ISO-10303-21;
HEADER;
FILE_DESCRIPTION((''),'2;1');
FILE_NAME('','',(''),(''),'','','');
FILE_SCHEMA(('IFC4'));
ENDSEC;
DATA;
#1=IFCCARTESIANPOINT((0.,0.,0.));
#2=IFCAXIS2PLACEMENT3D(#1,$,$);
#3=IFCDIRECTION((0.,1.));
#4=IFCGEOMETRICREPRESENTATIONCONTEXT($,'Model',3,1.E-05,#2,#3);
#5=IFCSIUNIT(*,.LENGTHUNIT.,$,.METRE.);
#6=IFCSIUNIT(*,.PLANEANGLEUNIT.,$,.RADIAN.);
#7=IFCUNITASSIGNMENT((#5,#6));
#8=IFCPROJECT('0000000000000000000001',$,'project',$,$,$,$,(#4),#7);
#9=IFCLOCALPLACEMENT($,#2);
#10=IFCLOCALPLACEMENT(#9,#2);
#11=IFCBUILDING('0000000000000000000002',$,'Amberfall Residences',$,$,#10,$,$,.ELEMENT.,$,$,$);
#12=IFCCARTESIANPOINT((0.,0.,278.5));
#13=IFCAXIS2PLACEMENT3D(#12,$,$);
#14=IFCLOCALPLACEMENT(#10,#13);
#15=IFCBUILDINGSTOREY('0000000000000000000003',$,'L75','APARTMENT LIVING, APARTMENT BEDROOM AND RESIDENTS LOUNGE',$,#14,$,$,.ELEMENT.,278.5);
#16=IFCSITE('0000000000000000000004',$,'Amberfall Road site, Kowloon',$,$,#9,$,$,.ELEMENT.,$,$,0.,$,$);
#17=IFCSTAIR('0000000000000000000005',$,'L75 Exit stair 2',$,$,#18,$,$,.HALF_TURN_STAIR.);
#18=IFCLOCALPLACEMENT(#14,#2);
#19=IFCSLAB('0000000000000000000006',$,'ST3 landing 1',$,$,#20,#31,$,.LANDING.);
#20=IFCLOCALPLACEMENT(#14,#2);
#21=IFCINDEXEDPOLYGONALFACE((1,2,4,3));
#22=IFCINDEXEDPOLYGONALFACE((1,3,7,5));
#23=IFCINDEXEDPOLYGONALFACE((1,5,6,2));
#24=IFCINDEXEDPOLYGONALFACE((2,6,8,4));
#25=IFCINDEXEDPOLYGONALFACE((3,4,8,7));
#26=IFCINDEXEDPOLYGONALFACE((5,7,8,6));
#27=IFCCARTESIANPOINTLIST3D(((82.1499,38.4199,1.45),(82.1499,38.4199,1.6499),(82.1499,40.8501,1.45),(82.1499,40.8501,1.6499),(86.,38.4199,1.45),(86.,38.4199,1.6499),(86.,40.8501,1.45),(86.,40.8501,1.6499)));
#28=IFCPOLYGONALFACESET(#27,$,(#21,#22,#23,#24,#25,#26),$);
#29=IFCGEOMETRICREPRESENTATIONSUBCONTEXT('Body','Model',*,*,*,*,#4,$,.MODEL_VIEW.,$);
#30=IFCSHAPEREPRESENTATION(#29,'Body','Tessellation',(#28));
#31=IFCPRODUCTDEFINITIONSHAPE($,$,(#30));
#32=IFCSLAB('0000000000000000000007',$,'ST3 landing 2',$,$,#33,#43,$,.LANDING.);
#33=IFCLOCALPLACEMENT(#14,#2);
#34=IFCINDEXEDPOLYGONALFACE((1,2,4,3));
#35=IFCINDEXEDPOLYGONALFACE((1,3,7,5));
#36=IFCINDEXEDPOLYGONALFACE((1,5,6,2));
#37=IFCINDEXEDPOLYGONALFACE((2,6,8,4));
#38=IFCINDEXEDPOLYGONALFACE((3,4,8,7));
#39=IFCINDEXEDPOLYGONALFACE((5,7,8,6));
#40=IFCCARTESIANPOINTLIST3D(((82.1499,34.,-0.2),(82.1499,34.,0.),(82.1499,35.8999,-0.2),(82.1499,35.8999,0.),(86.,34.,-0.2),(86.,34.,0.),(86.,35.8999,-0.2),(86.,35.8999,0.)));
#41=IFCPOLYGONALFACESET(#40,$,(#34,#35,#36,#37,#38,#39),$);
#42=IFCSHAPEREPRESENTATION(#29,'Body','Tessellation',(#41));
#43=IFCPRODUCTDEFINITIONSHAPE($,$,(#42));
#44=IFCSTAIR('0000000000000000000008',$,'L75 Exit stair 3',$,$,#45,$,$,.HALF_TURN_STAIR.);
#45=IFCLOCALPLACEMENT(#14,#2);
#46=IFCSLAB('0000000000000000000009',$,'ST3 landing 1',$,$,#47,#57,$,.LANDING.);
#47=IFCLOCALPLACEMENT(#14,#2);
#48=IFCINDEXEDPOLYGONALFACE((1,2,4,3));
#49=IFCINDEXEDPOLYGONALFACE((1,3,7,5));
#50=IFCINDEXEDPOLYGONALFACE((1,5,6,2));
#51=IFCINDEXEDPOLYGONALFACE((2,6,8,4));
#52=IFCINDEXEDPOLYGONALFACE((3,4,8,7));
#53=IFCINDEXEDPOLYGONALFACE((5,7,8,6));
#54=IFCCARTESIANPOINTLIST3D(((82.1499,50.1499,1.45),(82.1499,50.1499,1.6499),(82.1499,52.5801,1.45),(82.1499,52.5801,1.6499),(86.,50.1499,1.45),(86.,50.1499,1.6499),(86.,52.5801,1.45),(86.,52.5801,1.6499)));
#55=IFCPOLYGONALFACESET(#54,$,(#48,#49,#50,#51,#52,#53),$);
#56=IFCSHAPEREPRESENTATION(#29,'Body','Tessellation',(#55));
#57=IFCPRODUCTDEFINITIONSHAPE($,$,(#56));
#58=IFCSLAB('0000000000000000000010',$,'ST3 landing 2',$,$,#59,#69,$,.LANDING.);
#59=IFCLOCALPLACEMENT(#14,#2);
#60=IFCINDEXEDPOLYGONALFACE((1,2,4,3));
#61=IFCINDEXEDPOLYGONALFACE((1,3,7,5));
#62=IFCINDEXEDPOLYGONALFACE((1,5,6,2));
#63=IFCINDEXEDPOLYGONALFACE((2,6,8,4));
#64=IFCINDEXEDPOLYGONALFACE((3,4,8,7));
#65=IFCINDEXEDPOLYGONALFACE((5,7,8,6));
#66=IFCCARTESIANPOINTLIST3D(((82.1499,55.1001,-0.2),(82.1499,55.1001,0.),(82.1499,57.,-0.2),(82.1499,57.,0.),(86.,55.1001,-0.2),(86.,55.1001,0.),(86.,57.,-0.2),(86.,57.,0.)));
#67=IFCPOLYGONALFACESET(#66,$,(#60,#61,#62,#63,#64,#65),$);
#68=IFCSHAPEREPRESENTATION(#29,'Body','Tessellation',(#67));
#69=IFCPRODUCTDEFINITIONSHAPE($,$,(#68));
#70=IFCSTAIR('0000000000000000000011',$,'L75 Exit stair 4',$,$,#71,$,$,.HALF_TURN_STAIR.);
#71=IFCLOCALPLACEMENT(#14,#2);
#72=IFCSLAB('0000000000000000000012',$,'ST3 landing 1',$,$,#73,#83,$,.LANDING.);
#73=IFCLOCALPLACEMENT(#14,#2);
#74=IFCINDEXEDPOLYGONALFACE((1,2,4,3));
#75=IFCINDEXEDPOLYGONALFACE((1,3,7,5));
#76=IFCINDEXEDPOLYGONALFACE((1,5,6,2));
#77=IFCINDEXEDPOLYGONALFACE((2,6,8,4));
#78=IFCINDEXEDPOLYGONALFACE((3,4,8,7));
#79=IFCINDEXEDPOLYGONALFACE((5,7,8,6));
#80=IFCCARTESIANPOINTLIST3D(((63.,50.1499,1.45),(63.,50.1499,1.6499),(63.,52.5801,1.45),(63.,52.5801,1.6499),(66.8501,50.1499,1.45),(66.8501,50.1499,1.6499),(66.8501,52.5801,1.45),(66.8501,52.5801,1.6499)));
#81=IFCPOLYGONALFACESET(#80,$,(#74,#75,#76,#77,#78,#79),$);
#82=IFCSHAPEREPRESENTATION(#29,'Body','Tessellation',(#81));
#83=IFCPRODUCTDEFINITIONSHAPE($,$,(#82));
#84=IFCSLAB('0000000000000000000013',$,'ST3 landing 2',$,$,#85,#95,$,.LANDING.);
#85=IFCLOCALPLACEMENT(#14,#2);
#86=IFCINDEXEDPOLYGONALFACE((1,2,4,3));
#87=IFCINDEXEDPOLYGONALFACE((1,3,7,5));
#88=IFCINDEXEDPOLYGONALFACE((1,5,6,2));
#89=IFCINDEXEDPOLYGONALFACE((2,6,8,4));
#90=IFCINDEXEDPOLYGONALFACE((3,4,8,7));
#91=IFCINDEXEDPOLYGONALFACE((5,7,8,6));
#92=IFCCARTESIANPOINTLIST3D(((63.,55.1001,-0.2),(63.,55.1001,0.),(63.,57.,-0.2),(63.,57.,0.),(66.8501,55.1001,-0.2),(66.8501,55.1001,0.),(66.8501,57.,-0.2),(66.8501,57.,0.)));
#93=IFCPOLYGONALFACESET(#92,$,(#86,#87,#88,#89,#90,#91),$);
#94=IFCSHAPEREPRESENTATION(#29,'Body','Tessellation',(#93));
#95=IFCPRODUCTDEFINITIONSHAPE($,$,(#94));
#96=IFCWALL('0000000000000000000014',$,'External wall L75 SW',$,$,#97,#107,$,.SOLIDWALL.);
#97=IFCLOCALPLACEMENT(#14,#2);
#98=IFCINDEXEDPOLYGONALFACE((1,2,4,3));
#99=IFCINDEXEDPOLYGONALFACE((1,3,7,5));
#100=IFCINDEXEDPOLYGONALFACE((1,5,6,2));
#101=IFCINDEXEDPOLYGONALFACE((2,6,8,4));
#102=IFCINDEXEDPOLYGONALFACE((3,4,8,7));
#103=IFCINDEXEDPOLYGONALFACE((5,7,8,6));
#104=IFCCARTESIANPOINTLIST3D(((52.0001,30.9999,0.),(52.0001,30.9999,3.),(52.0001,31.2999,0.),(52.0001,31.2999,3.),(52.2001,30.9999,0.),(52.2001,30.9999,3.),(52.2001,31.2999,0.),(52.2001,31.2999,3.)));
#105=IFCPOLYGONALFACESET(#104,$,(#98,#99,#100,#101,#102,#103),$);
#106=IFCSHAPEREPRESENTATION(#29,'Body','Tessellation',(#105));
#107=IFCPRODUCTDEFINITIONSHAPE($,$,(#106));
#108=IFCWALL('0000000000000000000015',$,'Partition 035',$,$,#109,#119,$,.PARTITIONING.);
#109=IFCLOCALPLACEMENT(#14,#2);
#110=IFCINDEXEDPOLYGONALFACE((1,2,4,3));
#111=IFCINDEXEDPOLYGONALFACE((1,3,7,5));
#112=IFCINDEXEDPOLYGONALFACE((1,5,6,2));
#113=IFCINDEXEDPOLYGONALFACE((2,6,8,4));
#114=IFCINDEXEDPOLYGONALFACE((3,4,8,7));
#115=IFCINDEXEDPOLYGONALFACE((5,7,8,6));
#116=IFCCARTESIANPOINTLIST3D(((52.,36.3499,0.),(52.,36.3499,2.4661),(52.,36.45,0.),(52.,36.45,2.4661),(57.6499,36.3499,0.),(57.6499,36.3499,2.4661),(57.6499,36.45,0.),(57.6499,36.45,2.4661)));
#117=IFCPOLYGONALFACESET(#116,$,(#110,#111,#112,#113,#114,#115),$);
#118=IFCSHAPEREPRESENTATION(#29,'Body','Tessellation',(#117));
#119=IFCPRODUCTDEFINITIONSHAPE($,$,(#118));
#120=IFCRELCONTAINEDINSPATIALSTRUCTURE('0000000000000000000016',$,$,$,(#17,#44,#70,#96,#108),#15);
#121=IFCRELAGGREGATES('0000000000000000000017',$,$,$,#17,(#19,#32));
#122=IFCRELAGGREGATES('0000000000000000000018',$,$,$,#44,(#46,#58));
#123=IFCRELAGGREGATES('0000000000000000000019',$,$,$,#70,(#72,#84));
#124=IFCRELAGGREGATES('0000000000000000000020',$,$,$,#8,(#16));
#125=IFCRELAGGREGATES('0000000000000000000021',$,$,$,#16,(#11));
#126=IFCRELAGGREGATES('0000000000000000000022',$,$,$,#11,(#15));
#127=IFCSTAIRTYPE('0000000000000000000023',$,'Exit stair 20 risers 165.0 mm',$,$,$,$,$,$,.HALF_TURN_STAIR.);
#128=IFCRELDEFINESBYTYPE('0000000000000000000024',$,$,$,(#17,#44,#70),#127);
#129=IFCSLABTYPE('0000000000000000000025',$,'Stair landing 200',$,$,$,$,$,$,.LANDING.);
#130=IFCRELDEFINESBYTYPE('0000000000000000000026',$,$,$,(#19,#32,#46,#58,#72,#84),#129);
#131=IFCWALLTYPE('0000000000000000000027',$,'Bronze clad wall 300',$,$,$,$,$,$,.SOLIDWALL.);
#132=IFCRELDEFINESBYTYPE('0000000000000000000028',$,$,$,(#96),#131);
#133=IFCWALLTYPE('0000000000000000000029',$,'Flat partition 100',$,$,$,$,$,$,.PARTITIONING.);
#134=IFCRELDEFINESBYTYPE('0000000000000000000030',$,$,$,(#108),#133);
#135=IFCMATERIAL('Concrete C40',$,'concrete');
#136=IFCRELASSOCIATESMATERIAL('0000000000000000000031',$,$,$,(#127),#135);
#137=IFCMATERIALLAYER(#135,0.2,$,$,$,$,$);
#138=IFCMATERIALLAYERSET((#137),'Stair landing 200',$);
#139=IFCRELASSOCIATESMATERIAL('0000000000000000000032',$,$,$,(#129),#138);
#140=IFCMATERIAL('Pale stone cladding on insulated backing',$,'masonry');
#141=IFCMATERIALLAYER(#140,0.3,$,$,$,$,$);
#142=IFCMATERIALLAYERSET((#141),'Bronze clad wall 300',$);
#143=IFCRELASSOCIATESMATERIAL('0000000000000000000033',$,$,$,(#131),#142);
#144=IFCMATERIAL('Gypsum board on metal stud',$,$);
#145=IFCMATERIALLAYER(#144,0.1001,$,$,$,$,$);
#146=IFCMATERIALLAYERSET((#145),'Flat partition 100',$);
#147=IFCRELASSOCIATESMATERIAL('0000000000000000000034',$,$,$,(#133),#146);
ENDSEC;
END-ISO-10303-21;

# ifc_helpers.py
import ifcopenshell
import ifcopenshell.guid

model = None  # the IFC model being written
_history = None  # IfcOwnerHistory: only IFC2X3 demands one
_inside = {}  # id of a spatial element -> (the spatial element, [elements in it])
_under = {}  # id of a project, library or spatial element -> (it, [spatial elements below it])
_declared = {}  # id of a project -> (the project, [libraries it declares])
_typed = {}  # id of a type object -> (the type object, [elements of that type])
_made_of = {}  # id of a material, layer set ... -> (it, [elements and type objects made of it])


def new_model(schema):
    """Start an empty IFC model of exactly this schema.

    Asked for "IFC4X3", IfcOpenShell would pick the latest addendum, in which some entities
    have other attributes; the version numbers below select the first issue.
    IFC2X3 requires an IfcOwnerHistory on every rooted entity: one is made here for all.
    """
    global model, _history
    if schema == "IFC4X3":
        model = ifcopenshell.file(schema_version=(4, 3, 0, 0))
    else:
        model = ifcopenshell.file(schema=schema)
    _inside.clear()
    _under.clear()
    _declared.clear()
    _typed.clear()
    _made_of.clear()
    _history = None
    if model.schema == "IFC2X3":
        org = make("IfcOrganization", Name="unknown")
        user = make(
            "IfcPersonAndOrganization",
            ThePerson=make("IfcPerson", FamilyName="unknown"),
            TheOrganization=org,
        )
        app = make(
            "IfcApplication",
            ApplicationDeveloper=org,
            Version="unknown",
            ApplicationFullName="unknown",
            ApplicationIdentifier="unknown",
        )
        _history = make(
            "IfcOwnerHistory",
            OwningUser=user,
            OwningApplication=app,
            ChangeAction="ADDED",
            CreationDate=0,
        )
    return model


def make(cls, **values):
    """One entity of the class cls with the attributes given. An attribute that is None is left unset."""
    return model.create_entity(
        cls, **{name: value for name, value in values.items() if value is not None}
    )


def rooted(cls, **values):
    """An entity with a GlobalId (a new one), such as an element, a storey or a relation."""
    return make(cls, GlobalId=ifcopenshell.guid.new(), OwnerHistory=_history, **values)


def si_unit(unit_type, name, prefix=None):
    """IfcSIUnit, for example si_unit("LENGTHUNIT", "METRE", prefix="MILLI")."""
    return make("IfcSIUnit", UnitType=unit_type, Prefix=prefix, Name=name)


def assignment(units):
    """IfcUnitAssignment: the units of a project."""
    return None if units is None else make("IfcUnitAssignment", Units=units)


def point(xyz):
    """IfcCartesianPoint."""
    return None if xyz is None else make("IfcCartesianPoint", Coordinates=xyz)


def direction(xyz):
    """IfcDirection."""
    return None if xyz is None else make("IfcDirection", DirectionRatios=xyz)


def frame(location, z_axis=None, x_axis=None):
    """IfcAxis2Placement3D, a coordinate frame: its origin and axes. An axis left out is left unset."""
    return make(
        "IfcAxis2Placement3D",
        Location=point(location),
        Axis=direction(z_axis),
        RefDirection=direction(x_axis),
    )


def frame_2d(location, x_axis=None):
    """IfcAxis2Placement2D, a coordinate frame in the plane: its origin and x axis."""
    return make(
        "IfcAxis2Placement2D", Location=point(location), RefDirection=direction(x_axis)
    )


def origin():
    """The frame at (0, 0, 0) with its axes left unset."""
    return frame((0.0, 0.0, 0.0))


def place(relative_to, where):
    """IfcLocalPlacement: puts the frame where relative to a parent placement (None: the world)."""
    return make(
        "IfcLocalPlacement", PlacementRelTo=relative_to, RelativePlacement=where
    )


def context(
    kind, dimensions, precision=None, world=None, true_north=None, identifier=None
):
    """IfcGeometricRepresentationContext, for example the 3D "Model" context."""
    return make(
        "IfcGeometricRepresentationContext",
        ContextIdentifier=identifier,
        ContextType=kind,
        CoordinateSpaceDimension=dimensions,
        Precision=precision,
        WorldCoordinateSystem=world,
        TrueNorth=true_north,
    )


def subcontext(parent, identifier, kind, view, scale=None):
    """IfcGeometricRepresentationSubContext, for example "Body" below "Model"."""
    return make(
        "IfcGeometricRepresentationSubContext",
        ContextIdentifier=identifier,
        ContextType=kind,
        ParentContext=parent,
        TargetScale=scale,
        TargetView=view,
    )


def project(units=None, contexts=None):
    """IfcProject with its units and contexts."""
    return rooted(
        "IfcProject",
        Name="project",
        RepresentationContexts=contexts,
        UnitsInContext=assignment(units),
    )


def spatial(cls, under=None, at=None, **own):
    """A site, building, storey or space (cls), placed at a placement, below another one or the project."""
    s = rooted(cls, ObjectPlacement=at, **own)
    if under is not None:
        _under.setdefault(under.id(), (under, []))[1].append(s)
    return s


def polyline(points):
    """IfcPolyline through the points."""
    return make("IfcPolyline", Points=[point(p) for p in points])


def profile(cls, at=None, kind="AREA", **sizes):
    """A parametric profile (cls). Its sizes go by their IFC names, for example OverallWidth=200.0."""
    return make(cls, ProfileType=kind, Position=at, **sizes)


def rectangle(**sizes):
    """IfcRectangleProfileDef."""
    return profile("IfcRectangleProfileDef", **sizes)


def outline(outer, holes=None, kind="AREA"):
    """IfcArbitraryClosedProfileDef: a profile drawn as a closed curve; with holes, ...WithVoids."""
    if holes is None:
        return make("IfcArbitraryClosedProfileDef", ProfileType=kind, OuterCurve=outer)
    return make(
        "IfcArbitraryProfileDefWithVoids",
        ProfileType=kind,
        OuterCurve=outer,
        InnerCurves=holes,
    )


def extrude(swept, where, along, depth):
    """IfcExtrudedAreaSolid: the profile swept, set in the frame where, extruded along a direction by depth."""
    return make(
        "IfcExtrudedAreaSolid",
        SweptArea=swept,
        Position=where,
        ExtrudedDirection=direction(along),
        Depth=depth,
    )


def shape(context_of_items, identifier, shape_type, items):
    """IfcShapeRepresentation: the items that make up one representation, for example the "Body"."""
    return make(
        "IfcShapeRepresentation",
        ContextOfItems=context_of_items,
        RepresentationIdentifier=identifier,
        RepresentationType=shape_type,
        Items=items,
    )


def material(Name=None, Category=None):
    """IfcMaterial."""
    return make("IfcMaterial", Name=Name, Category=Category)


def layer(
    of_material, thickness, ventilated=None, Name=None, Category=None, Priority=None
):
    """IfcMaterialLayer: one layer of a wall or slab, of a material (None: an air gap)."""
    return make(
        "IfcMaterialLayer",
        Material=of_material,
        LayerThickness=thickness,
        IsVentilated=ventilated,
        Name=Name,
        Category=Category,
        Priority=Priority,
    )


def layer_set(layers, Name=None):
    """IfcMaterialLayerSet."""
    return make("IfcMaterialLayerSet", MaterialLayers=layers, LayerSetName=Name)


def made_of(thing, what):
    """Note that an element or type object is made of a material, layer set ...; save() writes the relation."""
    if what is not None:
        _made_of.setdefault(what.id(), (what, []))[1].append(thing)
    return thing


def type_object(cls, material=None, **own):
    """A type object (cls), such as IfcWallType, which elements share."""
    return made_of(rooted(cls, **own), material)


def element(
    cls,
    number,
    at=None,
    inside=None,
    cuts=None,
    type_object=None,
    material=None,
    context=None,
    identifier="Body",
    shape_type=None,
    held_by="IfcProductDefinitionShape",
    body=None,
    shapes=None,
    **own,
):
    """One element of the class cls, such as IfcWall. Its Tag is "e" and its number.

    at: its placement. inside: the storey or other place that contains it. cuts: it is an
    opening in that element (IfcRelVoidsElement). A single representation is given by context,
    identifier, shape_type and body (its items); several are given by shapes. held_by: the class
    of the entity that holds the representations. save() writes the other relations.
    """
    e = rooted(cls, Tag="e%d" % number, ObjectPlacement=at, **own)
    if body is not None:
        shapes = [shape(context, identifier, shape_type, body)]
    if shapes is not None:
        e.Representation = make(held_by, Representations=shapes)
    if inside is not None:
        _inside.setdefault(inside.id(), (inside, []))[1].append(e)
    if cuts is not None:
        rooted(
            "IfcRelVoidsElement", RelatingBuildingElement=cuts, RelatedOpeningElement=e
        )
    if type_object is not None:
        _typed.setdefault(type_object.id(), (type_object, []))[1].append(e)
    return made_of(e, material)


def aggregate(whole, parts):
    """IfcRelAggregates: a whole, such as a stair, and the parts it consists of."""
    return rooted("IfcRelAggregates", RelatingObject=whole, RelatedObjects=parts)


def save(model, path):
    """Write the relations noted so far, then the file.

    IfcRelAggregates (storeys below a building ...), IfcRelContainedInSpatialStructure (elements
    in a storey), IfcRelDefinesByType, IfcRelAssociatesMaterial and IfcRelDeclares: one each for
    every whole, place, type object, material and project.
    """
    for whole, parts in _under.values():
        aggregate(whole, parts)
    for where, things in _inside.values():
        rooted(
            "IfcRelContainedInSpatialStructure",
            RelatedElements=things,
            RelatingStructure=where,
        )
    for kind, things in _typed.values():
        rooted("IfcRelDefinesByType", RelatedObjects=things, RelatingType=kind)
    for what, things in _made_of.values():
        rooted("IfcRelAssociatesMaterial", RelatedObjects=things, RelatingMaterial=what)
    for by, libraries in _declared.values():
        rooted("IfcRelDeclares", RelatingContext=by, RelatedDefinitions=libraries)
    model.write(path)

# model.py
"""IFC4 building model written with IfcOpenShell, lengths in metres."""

from ifc_helpers import new_model, si_unit, direction, frame, frame_2d, origin, place, context, subcontext, project, spatial, polyline, rectangle, outline, extrude, material, layer, layer_set, type_object, element, aggregate, save


model = new_model("IFC4")

# Units and contexts
model_context = context("Model", 3, precision=1e-05, world=origin(), true_north=direction((0.0, 1.0)))
body_context = subcontext(model_context, "Body", "Model", "MODEL_VIEW")
ifc_project = project(units=[si_unit("LENGTHUNIT", "METRE"), si_unit("PLANEANGLEUNIT", "RADIAN")], contexts=[model_context])

# Site, building, storey
site_placement = place(None, origin())
site = spatial("IfcSite", under=ifc_project, at=site_placement, Name="Amberfall Road site, Kowloon", CompositionType="ELEMENT", RefElevation=0.0)
building_placement = place(site_placement, origin())
building = spatial("IfcBuilding", under=site, at=building_placement, Name="Amberfall Residences", CompositionType="ELEMENT")
storey_placement = place(building_placement, frame((0.0, 0.0, 278.5)))
storey = spatial("IfcBuildingStorey", under=building, at=storey_placement, Name="L75", Description="APARTMENT LIVING, APARTMENT BEDROOM AND RESIDENTS LOUNGE", CompositionType="ELEMENT", Elevation=278.5)

# Stairs, slabs
ifc_material_1 = material(Name="Concrete C40", Category="concrete")
stair_type = type_object("IfcStairType", Name="Exit stair 20 risers 165.0 mm", PredefinedType="HALF_TURN_STAIR", material=ifc_material_1)
ifc_layer_1 = layer(ifc_material_1, 0.2)
ifc_layer_set_1 = layer_set([ifc_layer_1], Name="Stair landing 200")
slab_type_1 = type_object("IfcSlabType", Name="Stair landing 200", PredefinedType="LANDING", material=ifc_layer_set_1)
stair_1_placement = place(storey_placement, origin())
stair_1 = element("IfcStair", 1, at=stair_1_placement, inside=storey, type_object=stair_type, Name="L75 Exit stair 2", PredefinedType="HALF_TURN_STAIR")
slab_1_placement = place(storey_placement, frame((0.0, 0.0, 1.45)))
slab_1 = element("IfcSlab", 2, at=slab_1_placement, type_object=slab_type_1, Name="ST3 landing 1", PredefinedType="LANDING", context=body_context, shape_type="SweptSolid", body=[
    extrude(outline(polyline([(86.0, 38.4199), (86.0, 40.8501), (82.1499, 40.8501), (82.1499, 38.4199), (86.0, 38.4199)])), origin(), (0.0, 0.0, 1.0), 0.2),
])
slab_2_placement = place(storey_placement, frame((0.0, 0.0, -0.2)))
slab_2 = element("IfcSlab", 3, at=slab_2_placement, type_object=slab_type_1, Name="ST3 landing 2", PredefinedType="LANDING", context=body_context, shape_type="SweptSolid", body=[
    extrude(outline(polyline([(86.0, 34.0), (86.0, 35.8999), (82.1499, 35.8999), (82.1499, 34.0), (86.0, 34.0)])), origin(), (0.0, 0.0, 1.0), 0.2),
])
aggregate(stair_1, [slab_1, slab_2])
stair_2_placement = place(storey_placement, origin())
stair_2 = element("IfcStair", 4, at=stair_2_placement, inside=storey, type_object=stair_type, Name="L75 Exit stair 3", PredefinedType="HALF_TURN_STAIR")
slab_3_placement = place(storey_placement, frame((0.0, 0.0, 1.45)))
slab_3 = element("IfcSlab", 5, at=slab_3_placement, type_object=slab_type_1, Name="ST3 landing 1", PredefinedType="LANDING", context=body_context, shape_type="SweptSolid", body=[
    extrude(outline(polyline([(82.1499, 52.5801), (82.1499, 50.1499), (86.0, 50.1499), (86.0, 52.5801), (82.1499, 52.5801)])), origin(), (0.0, 0.0, 1.0), 0.2),
])
slab_4_placement = place(storey_placement, frame((0.0, 0.0, -0.2)))
slab_4 = element("IfcSlab", 6, at=slab_4_placement, type_object=slab_type_1, Name="ST3 landing 2", PredefinedType="LANDING", context=body_context, shape_type="SweptSolid", body=[
    extrude(outline(polyline([(82.1499, 57.0), (82.1499, 55.1001), (86.0, 55.1001), (86.0, 57.0), (82.1499, 57.0)])), origin(), (0.0, 0.0, 1.0), 0.2),
])
aggregate(stair_2, [slab_3, slab_4])
stair_3_placement = place(storey_placement, origin())
stair_3 = element("IfcStair", 7, at=stair_3_placement, inside=storey, type_object=stair_type, Name="L75 Exit stair 4", PredefinedType="HALF_TURN_STAIR")
slab_5_placement = place(storey_placement, frame((0.0, 0.0, 1.45)))
slab_5 = element("IfcSlab", 8, at=slab_5_placement, type_object=slab_type_1, Name="ST3 landing 1", PredefinedType="LANDING", context=body_context, shape_type="SweptSolid", body=[
    extrude(outline(polyline([(63.0, 52.5801), (63.0, 50.1499), (66.8501, 50.1499), (66.8501, 52.5801), (63.0, 52.5801)])), origin(), (0.0, 0.0, 1.0), 0.2),
])
slab_6_placement = place(storey_placement, frame((0.0, 0.0, -0.2)))
slab_6 = element("IfcSlab", 9, at=slab_6_placement, type_object=slab_type_1, Name="ST3 landing 2", PredefinedType="LANDING", context=body_context, shape_type="SweptSolid", body=[
    extrude(outline(polyline([(63.0, 57.0), (63.0, 55.1001), (66.8501, 55.1001), (66.8501, 57.0), (63.0, 57.0)])), origin(), (0.0, 0.0, 1.0), 0.2),
])
aggregate(stair_3, [slab_5, slab_6])

# Walls
ifc_material_2 = material(Name="Pale stone cladding on insulated backing", Category="masonry")
ifc_layer_2 = layer(ifc_material_2, 0.3)
ifc_layer_set_2 = layer_set([ifc_layer_2], Name="Bronze clad wall 300")
wall_type_1 = type_object("IfcWallType", Name="Bronze clad wall 300", PredefinedType="SOLIDWALL", material=ifc_layer_set_2)
wall_1_placement = place(storey_placement, frame((52.0, 31.1499, 0.0), z_axis=(0.0, 0.0, 1.0), x_axis=(1.0, 0.0, 0.0)))
element("IfcWall", 10, at=wall_1_placement, inside=storey, type_object=wall_type_1, Name="External wall L75 SW", PredefinedType="SOLIDWALL", context=body_context, shape_type="SweptSolid", body=[
    extrude(rectangle(XDim=0.2, YDim=0.3, at=frame_2d((0.1001, 0.0))), origin(), (0.0, 0.0, 1.0), 3.0),
])
ifc_material_3 = material(Name="Gypsum board on metal stud")
ifc_layer_3 = layer(ifc_material_3, 0.1001)
ifc_layer_set_3 = layer_set([ifc_layer_3], Name="Flat partition 100")
wall_type_2 = type_object("IfcWallType", Name="Flat partition 100", PredefinedType="PARTITIONING", material=ifc_layer_set_3)
wall_2_placement = place(storey_placement, frame((52.0, 36.3999, 0.0), z_axis=(0.0, 0.0, 1.0), x_axis=(1.0, 0.0, 0.0)))
element("IfcWall", 11, at=wall_2_placement, inside=storey, type_object=wall_type_2, Name="Partition 035", PredefinedType="PARTITIONING", context=body_context, shape_type="SweptSolid", body=[
    extrude(rectangle(XDim=5.6499, YDim=0.1001, at=frame_2d((2.825, 0.0))), origin(), (0.0, 0.0, 1.0), 2.4661),
])

save(model, "model.ifc")
